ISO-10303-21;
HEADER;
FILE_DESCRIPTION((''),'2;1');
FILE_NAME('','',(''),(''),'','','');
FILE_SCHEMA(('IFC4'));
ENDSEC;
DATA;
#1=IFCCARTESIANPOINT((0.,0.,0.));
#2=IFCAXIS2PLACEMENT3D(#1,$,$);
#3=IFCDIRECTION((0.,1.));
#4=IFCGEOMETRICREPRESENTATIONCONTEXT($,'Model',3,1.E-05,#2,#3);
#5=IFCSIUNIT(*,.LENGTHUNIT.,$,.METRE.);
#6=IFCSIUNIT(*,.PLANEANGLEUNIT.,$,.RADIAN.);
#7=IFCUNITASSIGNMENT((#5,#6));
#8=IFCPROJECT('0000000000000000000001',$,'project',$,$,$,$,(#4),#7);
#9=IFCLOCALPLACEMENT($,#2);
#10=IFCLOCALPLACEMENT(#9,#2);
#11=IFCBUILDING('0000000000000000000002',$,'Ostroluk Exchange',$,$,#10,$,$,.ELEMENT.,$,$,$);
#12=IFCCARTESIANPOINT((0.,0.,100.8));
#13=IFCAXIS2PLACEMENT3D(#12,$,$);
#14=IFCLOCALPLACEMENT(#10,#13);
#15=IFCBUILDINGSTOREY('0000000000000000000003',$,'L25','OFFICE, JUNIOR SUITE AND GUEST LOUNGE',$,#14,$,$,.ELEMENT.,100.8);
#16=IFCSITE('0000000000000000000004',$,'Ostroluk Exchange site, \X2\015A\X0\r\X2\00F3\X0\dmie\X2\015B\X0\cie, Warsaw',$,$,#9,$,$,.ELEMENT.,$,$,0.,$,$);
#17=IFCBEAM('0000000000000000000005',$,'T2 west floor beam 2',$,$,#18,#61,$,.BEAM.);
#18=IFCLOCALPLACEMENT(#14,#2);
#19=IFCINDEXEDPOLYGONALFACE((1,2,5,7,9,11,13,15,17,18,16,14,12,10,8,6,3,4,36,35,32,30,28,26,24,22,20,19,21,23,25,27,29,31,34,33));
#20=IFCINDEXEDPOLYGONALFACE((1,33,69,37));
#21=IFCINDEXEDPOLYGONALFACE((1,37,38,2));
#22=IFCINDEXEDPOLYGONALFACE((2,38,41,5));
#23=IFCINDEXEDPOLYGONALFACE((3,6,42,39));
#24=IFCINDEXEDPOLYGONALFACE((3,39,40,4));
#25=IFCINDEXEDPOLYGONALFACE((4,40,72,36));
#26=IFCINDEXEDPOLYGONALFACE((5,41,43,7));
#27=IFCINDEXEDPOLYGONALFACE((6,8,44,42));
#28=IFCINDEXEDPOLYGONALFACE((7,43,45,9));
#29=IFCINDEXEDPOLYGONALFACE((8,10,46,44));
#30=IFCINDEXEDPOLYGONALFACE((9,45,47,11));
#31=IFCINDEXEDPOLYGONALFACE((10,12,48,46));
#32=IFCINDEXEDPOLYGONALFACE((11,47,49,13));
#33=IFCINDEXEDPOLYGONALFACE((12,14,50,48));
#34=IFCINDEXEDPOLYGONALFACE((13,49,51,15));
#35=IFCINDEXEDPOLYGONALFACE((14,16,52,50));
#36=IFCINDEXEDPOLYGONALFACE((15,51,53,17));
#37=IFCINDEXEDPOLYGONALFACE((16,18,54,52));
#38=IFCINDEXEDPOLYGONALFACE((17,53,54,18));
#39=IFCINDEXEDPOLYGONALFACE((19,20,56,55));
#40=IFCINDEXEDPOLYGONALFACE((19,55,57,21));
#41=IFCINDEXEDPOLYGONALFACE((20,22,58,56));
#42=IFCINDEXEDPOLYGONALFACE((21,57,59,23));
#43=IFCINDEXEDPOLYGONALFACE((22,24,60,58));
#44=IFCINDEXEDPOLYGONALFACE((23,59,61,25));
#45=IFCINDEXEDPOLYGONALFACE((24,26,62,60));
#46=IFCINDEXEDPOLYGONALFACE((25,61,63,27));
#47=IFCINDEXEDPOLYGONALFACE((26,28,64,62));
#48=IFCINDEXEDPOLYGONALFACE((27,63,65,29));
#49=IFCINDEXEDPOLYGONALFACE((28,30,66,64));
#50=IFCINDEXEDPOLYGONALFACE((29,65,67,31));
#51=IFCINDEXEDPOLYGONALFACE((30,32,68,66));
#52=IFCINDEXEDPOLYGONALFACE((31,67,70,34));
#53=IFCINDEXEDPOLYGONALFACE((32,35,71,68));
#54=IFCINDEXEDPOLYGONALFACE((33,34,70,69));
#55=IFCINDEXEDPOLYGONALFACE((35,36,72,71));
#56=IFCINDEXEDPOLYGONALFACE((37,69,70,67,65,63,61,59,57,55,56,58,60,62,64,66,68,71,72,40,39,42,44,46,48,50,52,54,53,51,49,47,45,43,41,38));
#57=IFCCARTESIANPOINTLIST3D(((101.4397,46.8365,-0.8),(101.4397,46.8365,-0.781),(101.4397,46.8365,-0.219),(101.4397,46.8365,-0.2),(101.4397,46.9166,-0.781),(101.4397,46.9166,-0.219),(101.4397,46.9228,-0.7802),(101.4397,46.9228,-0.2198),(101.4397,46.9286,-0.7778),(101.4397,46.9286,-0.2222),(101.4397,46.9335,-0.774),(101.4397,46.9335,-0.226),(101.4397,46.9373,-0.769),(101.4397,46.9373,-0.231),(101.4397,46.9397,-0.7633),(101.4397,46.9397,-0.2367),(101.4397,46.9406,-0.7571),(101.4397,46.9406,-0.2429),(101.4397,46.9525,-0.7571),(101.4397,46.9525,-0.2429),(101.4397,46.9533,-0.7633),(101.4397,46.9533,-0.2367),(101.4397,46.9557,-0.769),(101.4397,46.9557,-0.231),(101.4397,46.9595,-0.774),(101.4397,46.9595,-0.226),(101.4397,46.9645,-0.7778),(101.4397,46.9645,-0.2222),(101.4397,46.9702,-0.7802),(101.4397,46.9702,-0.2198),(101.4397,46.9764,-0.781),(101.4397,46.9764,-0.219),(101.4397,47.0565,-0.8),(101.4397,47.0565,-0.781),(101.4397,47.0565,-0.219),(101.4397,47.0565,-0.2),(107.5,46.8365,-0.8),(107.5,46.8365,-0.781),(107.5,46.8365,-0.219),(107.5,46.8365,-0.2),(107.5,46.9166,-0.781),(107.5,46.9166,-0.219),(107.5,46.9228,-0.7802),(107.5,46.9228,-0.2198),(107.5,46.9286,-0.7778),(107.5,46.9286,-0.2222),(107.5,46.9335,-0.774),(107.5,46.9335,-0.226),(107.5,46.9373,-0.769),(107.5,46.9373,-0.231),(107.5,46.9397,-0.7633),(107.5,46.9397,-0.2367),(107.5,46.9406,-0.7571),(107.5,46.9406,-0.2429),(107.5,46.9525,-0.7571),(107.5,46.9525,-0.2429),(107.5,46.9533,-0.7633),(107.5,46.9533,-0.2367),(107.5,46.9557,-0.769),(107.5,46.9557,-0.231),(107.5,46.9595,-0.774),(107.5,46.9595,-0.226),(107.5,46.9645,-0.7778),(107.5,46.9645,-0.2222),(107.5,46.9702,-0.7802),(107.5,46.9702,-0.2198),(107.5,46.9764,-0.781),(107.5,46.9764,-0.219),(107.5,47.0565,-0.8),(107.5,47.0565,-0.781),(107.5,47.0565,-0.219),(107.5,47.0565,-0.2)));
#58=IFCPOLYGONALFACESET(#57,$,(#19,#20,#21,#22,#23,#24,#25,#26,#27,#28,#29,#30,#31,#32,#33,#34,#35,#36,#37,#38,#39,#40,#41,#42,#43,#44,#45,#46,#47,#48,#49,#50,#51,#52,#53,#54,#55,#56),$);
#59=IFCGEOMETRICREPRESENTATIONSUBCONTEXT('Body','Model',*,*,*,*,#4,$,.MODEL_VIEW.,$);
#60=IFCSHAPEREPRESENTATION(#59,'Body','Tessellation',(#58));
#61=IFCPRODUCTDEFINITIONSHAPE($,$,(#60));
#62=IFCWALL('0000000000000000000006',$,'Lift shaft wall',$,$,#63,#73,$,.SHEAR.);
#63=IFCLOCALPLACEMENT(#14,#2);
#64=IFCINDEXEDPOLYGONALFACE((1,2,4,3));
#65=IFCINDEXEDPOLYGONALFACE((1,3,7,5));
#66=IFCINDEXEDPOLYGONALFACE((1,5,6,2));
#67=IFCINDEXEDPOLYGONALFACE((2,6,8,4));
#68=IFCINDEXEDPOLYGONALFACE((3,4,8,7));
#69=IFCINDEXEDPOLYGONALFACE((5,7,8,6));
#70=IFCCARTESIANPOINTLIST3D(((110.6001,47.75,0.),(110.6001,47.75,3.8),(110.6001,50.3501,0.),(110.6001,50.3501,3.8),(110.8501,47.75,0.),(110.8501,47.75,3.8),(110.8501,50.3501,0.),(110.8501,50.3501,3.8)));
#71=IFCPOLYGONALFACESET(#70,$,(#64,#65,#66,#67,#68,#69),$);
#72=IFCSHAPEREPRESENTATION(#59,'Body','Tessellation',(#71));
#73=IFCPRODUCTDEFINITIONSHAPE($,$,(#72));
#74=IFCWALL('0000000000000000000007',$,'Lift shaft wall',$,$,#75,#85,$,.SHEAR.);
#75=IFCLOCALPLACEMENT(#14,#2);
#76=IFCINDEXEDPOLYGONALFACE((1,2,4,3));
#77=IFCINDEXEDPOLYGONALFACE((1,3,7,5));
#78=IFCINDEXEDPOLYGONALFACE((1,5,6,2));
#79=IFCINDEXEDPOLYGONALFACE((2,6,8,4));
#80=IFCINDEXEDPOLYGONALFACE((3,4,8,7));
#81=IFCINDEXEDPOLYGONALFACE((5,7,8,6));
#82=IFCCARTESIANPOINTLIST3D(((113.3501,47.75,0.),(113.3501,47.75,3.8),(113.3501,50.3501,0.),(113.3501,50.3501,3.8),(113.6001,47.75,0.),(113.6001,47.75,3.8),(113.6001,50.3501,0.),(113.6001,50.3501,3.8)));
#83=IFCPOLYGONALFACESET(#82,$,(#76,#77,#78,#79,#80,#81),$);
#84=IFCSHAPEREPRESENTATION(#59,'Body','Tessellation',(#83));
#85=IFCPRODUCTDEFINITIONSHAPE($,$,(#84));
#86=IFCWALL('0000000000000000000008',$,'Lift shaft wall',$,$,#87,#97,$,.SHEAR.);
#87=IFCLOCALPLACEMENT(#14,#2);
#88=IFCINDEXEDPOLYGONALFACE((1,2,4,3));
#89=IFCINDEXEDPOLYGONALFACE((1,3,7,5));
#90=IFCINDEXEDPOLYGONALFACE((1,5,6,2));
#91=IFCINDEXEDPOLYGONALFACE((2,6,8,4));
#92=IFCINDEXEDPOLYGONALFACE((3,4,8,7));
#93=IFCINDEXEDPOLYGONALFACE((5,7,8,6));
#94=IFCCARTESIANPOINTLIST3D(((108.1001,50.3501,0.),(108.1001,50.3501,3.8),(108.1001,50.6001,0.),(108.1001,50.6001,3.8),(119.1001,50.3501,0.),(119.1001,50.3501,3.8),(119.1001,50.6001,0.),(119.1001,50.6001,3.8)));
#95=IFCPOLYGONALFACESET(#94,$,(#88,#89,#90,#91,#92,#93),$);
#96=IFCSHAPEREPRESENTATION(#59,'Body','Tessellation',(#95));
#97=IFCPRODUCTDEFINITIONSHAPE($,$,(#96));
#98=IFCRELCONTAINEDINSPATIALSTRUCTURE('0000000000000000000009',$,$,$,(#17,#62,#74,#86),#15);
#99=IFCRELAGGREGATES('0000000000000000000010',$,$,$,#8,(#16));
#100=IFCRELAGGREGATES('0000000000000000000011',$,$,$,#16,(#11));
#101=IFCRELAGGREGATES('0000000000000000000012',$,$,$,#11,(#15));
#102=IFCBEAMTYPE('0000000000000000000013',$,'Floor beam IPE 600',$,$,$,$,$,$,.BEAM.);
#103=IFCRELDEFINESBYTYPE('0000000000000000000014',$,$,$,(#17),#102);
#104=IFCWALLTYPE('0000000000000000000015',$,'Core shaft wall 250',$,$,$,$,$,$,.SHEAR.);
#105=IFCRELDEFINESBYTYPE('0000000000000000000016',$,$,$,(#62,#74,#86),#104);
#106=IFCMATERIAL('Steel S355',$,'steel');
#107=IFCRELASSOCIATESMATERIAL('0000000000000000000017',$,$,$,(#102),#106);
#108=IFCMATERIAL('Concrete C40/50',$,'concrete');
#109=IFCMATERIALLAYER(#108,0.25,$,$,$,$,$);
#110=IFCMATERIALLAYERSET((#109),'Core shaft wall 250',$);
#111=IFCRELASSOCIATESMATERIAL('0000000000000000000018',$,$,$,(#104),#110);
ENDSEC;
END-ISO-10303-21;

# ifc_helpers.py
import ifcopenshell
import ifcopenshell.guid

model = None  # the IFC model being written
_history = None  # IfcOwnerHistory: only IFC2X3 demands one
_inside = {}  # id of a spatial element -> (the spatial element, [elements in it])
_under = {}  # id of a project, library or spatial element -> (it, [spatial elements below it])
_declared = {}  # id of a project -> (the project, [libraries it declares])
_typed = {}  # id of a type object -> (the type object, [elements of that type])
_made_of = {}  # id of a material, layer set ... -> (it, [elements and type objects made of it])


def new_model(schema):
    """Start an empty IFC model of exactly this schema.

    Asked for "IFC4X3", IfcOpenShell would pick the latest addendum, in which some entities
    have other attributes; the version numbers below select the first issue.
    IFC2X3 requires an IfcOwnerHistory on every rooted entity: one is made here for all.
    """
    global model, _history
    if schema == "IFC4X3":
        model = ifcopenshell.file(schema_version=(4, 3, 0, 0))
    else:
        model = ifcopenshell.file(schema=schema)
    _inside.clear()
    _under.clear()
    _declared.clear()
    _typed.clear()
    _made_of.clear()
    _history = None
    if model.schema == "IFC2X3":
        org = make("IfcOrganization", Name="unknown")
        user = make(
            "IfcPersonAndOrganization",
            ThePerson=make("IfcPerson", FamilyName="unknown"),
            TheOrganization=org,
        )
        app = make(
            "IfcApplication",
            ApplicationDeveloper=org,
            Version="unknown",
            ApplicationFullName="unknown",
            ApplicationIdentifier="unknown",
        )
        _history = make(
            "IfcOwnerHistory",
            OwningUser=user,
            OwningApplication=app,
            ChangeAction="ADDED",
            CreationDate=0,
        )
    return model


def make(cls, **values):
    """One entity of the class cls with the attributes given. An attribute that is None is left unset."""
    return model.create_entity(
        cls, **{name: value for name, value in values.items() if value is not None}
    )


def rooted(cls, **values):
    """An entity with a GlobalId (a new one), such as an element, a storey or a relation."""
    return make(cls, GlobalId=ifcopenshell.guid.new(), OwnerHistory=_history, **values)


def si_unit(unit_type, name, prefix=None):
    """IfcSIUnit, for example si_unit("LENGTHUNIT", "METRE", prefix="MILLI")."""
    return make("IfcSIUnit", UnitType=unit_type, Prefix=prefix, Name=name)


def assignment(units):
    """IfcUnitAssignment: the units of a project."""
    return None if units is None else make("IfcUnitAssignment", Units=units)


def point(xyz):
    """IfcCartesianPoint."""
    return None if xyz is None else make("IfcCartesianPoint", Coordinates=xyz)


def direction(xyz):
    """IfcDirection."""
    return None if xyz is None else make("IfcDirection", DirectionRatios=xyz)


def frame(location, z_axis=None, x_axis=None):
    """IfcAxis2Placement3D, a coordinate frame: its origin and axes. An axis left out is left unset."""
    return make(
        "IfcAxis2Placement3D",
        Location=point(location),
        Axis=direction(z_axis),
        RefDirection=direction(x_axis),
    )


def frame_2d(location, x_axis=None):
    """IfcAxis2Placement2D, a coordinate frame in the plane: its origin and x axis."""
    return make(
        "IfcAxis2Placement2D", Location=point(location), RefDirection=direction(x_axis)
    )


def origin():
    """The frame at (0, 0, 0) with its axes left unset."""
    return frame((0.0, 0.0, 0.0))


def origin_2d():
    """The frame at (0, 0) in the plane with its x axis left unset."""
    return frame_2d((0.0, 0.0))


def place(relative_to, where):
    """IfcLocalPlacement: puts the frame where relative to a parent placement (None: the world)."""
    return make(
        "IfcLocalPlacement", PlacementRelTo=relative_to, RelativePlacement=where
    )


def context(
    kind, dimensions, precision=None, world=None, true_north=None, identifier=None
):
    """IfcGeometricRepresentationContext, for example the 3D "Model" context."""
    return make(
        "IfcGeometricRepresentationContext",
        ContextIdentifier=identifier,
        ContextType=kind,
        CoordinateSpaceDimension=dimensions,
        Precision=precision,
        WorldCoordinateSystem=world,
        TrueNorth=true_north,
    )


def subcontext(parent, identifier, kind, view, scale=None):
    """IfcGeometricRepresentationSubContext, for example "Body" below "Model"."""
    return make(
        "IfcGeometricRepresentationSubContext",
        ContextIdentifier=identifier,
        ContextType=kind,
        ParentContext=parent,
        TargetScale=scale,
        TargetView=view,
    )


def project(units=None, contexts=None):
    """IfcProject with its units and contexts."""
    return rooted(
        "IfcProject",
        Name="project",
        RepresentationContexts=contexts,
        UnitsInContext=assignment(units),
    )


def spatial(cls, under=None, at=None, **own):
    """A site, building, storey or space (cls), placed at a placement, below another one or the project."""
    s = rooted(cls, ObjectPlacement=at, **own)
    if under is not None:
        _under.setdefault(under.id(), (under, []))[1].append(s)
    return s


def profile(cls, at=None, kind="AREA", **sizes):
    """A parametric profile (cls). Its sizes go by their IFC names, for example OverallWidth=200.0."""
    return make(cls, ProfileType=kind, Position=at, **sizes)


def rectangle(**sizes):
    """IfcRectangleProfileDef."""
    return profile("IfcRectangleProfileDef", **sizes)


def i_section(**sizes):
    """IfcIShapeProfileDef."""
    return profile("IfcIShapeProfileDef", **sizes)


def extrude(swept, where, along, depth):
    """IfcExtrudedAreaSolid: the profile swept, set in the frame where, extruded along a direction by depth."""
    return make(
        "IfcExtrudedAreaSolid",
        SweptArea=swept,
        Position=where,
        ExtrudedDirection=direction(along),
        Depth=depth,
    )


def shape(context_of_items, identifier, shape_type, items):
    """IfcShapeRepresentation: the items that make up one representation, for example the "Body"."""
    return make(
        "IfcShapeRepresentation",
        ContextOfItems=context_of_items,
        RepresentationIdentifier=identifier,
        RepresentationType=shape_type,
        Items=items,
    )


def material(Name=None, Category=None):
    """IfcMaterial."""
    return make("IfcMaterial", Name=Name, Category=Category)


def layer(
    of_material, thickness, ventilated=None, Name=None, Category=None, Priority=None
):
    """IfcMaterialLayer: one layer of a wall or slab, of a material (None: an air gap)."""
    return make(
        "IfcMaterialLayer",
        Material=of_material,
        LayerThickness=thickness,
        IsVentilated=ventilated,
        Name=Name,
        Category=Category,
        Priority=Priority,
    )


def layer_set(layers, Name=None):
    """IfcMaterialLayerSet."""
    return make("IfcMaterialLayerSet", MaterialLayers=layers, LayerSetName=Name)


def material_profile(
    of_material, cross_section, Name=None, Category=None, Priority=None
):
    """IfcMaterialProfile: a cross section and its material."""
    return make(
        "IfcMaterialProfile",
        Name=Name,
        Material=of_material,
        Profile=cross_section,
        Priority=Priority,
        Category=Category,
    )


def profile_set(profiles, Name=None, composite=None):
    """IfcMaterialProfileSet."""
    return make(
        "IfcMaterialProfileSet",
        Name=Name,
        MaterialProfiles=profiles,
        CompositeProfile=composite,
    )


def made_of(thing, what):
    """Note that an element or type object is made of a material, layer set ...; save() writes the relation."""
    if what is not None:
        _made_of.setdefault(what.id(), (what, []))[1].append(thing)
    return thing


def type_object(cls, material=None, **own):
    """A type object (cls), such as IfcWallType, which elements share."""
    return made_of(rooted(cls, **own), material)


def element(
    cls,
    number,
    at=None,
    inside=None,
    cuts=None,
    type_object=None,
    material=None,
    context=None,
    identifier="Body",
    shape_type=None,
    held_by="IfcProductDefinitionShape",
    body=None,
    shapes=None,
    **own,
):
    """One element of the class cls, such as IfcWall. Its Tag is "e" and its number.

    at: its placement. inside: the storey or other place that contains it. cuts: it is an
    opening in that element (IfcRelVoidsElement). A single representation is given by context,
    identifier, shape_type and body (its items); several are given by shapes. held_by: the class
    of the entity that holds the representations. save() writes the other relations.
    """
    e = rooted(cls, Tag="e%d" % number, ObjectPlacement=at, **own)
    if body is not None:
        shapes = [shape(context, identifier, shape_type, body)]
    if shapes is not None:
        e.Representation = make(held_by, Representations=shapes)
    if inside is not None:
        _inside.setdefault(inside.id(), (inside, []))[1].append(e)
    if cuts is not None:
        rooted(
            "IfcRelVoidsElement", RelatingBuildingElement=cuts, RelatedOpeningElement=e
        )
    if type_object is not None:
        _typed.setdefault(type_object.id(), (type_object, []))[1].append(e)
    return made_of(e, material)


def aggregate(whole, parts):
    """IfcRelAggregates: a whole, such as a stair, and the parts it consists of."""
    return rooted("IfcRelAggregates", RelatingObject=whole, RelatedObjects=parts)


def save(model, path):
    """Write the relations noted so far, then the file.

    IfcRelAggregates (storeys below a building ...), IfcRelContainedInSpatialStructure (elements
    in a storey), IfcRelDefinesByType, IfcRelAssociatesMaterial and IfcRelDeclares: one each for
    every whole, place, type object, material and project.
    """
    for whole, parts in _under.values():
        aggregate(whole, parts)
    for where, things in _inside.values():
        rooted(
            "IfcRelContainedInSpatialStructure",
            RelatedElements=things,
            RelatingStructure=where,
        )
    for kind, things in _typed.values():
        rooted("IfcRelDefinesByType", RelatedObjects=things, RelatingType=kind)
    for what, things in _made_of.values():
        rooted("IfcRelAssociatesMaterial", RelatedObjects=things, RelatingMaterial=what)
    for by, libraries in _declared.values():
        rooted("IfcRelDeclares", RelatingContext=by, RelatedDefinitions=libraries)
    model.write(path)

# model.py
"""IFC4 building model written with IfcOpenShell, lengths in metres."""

from ifc_helpers import new_model, si_unit, direction, frame, frame_2d, origin, origin_2d, place, context, subcontext, project, spatial, rectangle, i_section, extrude, material, layer, layer_set, material_profile, profile_set, type_object, element, save


model = new_model("IFC4")

# Units and contexts
model_context = context("Model", 3, precision=1e-05, world=origin(), true_north=direction((0.0, 1.0)))
body_context = subcontext(model_context, "Body", "Model", "MODEL_VIEW")
ifc_project = project(units=[si_unit("LENGTHUNIT", "METRE"), si_unit("PLANEANGLEUNIT", "RADIAN")], contexts=[model_context])

# Site, building, storey
site_placement = place(None, origin())
site = spatial("IfcSite", under=ifc_project, at=site_placement, Name="Ostroluk Exchange site, Śródmieście, Warsaw", CompositionType="ELEMENT", RefElevation=0.0)
building_placement = place(site_placement, origin())
building = spatial("IfcBuilding", under=site, at=building_placement, Name="Ostroluk Exchange", CompositionType="ELEMENT")
storey_placement = place(building_placement, frame((0.0, 0.0, 100.8)))
storey = spatial("IfcBuildingStorey", under=building, at=storey_placement, Name="L25", Description="OFFICE, JUNIOR SUITE AND GUEST LOUNGE", CompositionType="ELEMENT", Elevation=100.8)

# Beam
ifc_material_1 = material(Name="Steel S355", Category="steel")
ifc_material_profile = material_profile(ifc_material_1, i_section(OverallWidth=0.22, OverallDepth=0.6001, WebThickness=0.012, FlangeThickness=0.019, FilletRadius=0.0239, at=origin_2d()), Name="IPE 600")
ifc_profile_set = profile_set([ifc_material_profile], Name="Steel S355")
beam_type = type_object("IfcBeamType", Name="Floor beam IPE 600", PredefinedType="BEAM", material=ifc_profile_set)
beam_placement = place(storey_placement, frame((107.5, 46.9465, -0.5), z_axis=(-1.0, 0.0, 0.0), x_axis=(0.0, -1.0, 0.0)))
element("IfcBeam", 1, at=beam_placement, inside=storey, type_object=beam_type, Name="T2 west floor beam 2", PredefinedType="BEAM", context=body_context, shape_type="SweptSolid", body=[
    extrude(i_section(OverallWidth=0.22, OverallDepth=0.6001, WebThickness=0.012, FlangeThickness=0.019, FilletRadius=0.0239, at=origin_2d()), origin(), (0.0, 0.0, 1.0), 6.0603),
])

# Walls
ifc_material_2 = material(Name="Concrete C40/50", Category="concrete")
ifc_layer_1 = layer(ifc_material_2, 0.25)
ifc_layer_set_1 = layer_set([ifc_layer_1], Name="Core shaft wall 250")
wall_type_1 = type_object("IfcWallType", Name="Core shaft wall 250", PredefinedType="SHEAR", material=ifc_layer_set_1)
for number, where, z_axis, x_axis, name in (
    (2, (110.7251, 47.75, 0.0), (0.0, 0.0, 1.0), (0.0, 1.0, 0.0), "Lift shaft wall"),
    (3, (113.4751, 47.75, 0.0), (0.0, 0.0, 1.0), (0.0, 1.0, 0.0), "Lift shaft wall"),
):
    element("IfcWall", number, at=place(storey_placement, frame(where, z_axis=z_axis, x_axis=x_axis)), inside=storey, type_object=wall_type_1, Name=name, PredefinedType="SHEAR", context=body_context, shape_type="SweptSolid", body=[
        extrude(rectangle(XDim=2.6001, YDim=0.25, at=frame_2d((1.3, 0.0))), origin(), (0.0, 0.0, 1.0), 3.8),
    ])
wall_1_placement = place(storey_placement, frame((108.1001, 50.4751, 0.0), z_axis=(0.0, 0.0, 1.0), x_axis=(1.0, 0.0, 0.0)))
element("IfcWall", 4, at=wall_1_placement, inside=storey, type_object=wall_type_1, Name="Lift shaft wall", PredefinedType="SHEAR", context=body_context, shape_type="SweptSolid", body=[
    extrude(rectangle(XDim=11.0, YDim=0.25, at=frame_2d((5.5, 0.0))), origin(), (0.0, 0.0, 1.0), 3.8),
])

save(model, "model.ifc")
